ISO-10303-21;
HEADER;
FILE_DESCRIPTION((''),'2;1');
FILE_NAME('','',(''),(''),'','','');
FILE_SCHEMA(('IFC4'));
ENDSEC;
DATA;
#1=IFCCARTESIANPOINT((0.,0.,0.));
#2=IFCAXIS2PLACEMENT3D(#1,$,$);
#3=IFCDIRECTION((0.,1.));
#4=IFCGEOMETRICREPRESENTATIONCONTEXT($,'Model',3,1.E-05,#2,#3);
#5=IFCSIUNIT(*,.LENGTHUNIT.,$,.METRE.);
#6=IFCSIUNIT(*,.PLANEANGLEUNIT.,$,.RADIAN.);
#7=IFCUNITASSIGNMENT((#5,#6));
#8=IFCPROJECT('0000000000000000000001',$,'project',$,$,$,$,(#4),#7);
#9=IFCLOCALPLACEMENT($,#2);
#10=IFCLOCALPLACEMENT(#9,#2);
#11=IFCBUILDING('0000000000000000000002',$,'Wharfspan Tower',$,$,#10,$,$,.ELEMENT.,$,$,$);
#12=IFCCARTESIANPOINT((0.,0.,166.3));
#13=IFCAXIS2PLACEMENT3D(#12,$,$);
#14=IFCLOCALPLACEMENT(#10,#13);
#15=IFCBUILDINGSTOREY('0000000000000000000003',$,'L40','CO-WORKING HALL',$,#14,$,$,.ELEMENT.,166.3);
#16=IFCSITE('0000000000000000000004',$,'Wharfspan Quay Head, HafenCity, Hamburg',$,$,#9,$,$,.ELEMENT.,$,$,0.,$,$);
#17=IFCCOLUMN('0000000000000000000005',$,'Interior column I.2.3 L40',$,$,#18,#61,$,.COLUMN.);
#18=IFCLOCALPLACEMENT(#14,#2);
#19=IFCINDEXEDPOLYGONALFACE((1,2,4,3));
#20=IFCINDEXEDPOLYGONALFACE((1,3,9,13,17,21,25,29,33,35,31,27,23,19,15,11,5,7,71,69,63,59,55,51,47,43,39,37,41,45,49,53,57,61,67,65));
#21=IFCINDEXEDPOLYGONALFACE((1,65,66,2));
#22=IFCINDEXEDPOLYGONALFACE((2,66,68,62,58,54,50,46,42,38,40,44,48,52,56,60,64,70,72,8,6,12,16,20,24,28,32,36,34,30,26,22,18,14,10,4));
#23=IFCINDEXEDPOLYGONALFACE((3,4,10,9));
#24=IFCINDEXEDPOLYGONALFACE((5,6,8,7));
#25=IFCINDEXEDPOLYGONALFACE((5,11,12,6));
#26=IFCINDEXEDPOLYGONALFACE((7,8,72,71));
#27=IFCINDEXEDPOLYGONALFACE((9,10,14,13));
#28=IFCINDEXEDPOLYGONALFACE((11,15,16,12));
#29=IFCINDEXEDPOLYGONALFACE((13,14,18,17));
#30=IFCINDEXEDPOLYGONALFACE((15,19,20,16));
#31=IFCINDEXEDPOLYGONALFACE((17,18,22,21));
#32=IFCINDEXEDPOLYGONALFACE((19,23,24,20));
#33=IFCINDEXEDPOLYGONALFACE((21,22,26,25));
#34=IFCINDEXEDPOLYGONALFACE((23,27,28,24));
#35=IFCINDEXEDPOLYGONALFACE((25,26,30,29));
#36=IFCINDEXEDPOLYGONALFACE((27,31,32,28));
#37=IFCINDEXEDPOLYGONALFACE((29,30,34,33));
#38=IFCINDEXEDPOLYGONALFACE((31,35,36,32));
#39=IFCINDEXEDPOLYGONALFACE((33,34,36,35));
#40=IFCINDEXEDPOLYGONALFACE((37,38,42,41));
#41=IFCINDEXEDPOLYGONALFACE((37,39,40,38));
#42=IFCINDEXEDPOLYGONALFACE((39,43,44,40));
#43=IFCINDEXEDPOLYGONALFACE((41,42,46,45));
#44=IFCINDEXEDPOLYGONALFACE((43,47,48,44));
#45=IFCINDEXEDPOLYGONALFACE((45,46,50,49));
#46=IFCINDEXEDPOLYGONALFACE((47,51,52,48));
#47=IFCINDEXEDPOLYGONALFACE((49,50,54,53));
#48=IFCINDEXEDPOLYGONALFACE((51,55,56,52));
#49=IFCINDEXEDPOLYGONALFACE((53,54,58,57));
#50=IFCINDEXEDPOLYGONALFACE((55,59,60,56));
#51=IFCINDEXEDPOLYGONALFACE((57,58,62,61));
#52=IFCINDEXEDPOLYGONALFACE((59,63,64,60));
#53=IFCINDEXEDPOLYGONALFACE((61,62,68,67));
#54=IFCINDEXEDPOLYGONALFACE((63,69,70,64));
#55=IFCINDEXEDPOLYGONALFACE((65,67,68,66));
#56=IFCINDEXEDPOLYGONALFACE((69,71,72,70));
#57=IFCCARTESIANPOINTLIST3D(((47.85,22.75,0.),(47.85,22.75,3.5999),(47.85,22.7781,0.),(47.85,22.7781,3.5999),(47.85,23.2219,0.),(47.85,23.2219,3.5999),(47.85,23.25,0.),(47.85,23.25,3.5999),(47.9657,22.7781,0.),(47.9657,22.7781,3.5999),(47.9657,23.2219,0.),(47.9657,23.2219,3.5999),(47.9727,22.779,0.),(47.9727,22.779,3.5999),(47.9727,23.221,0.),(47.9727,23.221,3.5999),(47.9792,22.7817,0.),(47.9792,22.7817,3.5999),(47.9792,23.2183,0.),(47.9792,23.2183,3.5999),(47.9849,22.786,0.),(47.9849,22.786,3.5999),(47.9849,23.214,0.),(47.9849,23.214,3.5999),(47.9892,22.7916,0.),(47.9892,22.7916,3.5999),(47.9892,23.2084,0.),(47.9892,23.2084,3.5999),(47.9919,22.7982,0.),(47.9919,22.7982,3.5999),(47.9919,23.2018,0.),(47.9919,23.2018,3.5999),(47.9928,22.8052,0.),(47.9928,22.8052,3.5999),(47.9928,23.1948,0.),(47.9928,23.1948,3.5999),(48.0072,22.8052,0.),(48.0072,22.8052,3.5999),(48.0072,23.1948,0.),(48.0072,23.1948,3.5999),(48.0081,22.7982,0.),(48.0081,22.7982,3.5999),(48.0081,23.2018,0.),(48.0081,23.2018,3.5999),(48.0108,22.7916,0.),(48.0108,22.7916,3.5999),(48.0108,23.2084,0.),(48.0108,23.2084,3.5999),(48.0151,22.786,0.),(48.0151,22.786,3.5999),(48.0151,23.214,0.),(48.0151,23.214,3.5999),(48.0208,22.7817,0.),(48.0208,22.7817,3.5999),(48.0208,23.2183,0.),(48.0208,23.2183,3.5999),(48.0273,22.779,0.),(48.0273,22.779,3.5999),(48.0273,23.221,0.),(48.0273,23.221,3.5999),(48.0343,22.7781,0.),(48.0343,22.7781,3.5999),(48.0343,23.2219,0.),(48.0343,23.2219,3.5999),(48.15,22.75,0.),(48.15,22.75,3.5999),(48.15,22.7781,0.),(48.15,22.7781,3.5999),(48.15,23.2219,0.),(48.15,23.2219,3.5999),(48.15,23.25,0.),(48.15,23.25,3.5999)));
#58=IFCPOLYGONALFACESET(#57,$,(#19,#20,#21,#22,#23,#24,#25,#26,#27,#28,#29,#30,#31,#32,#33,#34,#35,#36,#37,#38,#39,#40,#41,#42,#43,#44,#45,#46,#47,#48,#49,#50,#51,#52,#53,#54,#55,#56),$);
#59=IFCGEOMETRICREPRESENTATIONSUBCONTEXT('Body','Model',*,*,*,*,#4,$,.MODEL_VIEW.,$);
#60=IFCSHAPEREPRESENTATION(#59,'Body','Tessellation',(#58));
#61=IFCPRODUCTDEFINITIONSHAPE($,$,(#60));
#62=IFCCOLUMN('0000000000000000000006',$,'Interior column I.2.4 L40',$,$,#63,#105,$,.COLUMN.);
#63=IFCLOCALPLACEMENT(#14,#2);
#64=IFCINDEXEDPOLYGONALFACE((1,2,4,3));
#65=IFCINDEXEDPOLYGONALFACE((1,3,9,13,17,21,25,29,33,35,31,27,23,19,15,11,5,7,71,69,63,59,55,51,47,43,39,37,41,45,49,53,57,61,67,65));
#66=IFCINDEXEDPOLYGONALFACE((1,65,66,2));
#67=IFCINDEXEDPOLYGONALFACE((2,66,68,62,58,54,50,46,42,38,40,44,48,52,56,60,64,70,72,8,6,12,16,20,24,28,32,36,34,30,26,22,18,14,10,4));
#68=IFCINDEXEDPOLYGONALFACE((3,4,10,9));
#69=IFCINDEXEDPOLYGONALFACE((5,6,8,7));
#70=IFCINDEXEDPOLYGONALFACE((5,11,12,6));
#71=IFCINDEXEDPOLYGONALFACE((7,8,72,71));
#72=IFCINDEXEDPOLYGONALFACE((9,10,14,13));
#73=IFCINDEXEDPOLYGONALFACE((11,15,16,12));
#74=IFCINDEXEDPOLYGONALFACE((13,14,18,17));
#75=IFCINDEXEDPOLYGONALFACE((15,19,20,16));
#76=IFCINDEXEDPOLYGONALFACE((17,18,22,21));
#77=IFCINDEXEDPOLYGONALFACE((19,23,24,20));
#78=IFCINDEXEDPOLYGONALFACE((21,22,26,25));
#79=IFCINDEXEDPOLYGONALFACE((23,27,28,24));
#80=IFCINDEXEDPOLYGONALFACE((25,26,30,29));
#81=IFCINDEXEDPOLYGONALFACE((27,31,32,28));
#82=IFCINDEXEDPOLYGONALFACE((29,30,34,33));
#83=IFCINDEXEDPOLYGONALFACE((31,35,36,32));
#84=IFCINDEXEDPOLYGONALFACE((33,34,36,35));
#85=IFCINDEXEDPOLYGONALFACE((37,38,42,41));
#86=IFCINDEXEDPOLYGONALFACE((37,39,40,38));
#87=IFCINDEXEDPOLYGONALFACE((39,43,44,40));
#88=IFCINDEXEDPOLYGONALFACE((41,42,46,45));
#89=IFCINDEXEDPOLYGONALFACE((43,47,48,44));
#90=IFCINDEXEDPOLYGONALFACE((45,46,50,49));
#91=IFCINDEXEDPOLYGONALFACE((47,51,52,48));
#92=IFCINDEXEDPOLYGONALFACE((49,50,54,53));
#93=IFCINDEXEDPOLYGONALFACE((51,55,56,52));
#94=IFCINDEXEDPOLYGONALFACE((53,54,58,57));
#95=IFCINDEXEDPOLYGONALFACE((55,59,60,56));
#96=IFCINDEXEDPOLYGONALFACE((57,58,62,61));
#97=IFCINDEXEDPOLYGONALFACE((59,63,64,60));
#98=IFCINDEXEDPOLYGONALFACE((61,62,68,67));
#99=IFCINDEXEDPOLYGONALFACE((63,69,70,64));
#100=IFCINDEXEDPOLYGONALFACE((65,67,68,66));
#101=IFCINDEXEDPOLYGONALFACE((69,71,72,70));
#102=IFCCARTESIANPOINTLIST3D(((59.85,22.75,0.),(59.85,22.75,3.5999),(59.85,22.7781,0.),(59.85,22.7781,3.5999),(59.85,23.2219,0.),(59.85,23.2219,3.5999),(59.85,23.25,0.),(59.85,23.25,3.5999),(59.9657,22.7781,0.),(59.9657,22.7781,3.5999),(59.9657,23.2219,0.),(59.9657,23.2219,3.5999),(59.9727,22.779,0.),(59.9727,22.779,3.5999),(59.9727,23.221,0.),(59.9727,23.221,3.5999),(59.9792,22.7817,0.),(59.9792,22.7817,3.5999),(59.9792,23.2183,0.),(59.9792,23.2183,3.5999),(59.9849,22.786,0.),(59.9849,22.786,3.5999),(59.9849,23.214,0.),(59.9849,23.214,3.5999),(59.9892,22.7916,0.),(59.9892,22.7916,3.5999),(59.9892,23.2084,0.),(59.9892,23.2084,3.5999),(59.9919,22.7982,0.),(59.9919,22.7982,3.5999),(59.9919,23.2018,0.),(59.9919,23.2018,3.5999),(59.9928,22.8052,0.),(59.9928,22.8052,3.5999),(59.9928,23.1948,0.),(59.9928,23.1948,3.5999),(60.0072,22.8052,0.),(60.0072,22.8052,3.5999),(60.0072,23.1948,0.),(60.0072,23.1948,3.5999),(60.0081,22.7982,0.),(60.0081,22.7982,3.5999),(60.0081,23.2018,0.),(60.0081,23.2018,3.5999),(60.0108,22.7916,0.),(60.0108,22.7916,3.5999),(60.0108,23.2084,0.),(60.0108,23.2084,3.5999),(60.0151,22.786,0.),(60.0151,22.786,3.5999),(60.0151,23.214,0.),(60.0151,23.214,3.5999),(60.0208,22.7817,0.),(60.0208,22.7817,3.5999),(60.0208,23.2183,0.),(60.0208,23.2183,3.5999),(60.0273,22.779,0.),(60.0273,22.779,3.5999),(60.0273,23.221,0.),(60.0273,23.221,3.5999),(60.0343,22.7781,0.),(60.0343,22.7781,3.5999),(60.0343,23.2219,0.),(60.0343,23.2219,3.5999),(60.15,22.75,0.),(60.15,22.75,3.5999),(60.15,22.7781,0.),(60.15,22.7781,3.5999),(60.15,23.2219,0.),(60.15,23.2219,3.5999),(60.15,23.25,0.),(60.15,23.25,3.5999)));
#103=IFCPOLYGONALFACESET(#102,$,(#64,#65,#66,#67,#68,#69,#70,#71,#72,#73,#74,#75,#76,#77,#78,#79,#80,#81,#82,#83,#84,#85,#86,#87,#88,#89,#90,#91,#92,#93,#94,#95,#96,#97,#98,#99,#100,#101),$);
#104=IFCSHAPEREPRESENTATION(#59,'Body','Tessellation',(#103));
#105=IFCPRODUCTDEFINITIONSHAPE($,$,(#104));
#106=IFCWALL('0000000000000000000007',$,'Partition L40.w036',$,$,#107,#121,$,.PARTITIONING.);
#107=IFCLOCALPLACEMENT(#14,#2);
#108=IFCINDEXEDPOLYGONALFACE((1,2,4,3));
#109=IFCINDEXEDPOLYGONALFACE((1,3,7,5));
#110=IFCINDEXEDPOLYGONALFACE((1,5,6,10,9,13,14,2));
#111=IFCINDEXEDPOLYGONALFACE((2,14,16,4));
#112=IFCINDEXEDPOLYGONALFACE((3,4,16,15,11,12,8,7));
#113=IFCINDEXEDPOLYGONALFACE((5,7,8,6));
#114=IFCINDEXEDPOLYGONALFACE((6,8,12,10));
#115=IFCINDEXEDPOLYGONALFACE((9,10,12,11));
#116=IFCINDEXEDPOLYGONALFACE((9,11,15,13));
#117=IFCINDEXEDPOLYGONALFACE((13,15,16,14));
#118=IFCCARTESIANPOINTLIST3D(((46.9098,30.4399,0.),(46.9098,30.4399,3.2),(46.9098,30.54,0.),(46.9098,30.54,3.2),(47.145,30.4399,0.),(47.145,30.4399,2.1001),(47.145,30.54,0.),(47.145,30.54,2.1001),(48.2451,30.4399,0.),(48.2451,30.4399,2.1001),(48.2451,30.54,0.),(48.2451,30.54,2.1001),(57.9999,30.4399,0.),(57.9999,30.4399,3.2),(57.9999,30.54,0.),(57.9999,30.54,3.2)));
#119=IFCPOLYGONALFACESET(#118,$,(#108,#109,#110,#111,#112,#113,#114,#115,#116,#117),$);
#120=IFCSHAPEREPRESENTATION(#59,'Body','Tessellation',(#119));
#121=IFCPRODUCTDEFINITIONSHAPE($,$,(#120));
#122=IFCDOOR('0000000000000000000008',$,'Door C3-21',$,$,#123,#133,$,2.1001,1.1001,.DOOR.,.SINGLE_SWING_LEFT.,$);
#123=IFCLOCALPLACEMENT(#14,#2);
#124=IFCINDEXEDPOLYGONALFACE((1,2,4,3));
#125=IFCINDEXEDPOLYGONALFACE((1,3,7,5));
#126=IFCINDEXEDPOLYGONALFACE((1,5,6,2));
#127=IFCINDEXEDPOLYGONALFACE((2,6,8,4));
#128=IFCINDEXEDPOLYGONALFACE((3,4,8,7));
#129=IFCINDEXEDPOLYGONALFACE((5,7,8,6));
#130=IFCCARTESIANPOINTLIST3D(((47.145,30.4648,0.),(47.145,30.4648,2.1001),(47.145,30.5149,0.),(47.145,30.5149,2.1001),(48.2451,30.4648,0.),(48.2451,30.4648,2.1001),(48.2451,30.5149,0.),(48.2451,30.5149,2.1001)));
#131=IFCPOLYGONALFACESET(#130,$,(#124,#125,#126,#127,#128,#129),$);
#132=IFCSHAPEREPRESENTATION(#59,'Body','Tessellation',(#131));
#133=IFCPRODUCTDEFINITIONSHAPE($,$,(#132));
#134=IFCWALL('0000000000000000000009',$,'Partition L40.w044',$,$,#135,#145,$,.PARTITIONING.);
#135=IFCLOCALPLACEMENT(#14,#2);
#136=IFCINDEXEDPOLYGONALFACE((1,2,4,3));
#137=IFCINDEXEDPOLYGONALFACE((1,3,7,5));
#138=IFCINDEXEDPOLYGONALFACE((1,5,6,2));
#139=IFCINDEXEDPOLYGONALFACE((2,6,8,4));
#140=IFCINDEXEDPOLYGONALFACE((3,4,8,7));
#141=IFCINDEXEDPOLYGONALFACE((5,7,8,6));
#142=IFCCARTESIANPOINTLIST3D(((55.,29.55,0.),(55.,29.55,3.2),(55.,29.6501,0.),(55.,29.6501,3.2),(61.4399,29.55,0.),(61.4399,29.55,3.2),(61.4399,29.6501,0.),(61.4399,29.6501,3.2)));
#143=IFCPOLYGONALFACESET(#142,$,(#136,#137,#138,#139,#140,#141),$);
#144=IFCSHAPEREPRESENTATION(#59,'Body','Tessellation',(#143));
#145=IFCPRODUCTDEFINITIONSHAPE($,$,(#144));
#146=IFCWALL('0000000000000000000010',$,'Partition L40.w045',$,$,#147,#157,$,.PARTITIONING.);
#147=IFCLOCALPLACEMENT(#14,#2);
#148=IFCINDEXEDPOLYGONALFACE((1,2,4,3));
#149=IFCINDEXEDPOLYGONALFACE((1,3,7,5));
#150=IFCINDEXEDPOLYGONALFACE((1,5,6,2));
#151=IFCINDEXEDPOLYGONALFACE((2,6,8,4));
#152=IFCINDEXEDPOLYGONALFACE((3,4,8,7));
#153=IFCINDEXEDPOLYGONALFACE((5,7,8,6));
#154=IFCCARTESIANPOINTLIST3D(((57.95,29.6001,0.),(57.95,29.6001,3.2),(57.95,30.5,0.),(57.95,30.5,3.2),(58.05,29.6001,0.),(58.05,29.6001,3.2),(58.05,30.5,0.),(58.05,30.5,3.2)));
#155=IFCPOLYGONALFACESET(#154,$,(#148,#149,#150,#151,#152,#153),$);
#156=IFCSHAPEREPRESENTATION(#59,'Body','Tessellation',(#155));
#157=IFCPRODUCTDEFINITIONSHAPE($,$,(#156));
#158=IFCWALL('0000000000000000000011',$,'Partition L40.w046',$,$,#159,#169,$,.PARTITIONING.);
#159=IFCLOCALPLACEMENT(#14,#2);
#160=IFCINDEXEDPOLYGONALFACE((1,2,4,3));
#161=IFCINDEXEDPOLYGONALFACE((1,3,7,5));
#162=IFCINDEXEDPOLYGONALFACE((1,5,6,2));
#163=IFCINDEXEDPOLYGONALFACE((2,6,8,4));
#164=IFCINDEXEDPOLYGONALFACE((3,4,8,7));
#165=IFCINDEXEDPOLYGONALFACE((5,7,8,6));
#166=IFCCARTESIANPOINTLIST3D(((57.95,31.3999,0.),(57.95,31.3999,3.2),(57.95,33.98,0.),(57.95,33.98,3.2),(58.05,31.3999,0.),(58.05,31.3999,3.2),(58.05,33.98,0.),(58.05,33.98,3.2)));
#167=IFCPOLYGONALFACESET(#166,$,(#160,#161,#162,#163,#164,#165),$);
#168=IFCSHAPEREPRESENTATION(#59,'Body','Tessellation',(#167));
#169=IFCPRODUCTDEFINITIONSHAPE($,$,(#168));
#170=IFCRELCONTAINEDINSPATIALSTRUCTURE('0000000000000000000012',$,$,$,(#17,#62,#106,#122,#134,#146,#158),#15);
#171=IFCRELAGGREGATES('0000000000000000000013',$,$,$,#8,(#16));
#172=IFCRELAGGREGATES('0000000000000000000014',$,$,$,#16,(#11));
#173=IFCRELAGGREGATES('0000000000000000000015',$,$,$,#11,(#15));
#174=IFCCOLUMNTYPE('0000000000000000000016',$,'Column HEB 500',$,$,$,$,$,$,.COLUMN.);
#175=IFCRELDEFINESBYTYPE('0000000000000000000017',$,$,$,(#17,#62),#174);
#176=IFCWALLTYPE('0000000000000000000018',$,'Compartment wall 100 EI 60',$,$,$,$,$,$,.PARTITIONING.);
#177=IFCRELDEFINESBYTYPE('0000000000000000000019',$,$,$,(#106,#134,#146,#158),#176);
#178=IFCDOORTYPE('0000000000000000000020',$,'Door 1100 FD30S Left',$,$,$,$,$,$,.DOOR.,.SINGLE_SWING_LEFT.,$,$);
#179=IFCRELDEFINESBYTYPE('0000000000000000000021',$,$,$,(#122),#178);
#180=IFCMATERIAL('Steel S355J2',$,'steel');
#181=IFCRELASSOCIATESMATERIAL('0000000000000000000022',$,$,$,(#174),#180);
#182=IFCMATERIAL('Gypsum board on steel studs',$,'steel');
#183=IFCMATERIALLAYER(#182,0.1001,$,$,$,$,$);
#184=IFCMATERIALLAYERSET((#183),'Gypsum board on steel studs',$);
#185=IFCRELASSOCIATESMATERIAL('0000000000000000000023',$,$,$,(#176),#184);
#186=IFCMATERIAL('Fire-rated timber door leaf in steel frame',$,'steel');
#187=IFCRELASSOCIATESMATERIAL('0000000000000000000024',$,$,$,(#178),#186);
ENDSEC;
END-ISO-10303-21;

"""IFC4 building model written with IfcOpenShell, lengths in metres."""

from ifc_helpers import new_model, si_unit, direction, frame, frame_2d, origin, origin_2d, place, context, subcontext, project, spatial, rectangle, i_section, extrude, material, layer, layer_set, material_profile, profile_set, type_object, element, fill, save


model = new_model("IFC4")

# Units and contexts
model_context = context("Model", 3, precision=1e-05, world=origin(), true_north=direction((0.0, 1.0)))
body_context = subcontext(model_context, "Body", "Model", "MODEL_VIEW")
ifc_project = project(units=[si_unit("LENGTHUNIT", "METRE"), si_unit("PLANEANGLEUNIT", "RADIAN")], contexts=[model_context])

# Site, building, storey
site_placement = place(None, origin())
site = spatial("IfcSite", under=ifc_project, at=site_placement, Name="Wharfspan Quay Head, HafenCity, Hamburg", CompositionType="ELEMENT", RefElevation=0.0)
building_placement = place(site_placement, origin())
building = spatial("IfcBuilding", under=site, at=building_placement, Name="Wharfspan Tower", CompositionType="ELEMENT")
storey_placement = place(building_placement, frame((0.0, 0.0, 166.3)))
storey = spatial("IfcBuildingStorey", under=building, at=storey_placement, Name="L40", Description="CO-WORKING HALL", CompositionType="ELEMENT", Elevation=166.3)

# Columns
ifc_material_1 = material(Name="Steel S355J2", Category="steel")
ifc_material_profile = material_profile(ifc_material_1, i_section(OverallWidth=0.3, OverallDepth=0.5, WebThickness=0.0144, FlangeThickness=0.0281, FilletRadius=0.0271, at=origin_2d()))
ifc_profile_set = profile_set([ifc_material_profile], Name="Steel S355J2")
column_type = type_object("IfcColumnType", Name="Column HEB 500", PredefinedType="COLUMN", material=ifc_profile_set)
for number, where, z_axis, x_axis, name in (
    (1, (48.0, 23.0, 0.0), (0.0, 0.0, 1.0), (1.0, 0.0, 0.0), "Interior column I.2.3 L40"),
    (2, (60.0, 23.0, 0.0), (0.0, 0.0, 1.0), (1.0, 0.0, 0.0), "Interior column I.2.4 L40"),
):
    element("IfcColumn", number, at=place(storey_placement, frame(where, z_axis=z_axis, x_axis=x_axis)), inside=storey, type_object=column_type, Name=name, PredefinedType="COLUMN", context=body_context, shape_type="SweptSolid", body=[
        extrude(i_section(OverallWidth=0.3, OverallDepth=0.5, WebThickness=0.0144, FlangeThickness=0.0281, FilletRadius=0.0271, at=origin_2d()), origin(), (0.0, 0.0, 1.0), 3.5999),
    ])

# Wall, opening, door
ifc_material_2 = material(Name="Gypsum board on steel studs", Category="steel")
ifc_layer_1 = layer(ifc_material_2, 0.1001)
ifc_layer_set_1 = layer_set([ifc_layer_1], Name="Gypsum board on steel studs")
wall_type_1 = type_object("IfcWallType", Name="Compartment wall 100 EI 60", PredefinedType="PARTITIONING", material=ifc_layer_set_1)
wall_1_placement = place(storey_placement, frame((46.9099, 30.49, 0.0), z_axis=(0.0, 0.0, 1.0), x_axis=(1.0, 0.0, 0.0)))
wall_1 = element("IfcWall", 3, at=wall_1_placement, inside=storey, type_object=wall_type_1, Name="Partition L40.w036", PredefinedType="PARTITIONING", context=body_context, shape_type="SweptSolid", body=[
    extrude(rectangle(XDim=11.0901, YDim=0.1001, at=frame_2d((5.5449, 0.0))), origin(), (0.0, 0.0, 1.0), 3.2),
])
opening_1_placement = place(wall_1_placement, frame((0.2351, 0.0, 0.0)))
opening_1 = element("IfcOpeningElement", 4, at=opening_1_placement, cuts=wall_1, PredefinedType="OPENING", context=body_context, shape_type="SweptSolid", body=[
    extrude(rectangle(XDim=1.1001, YDim=2.1001, at=frame_2d((0.55, 1.05))), frame((0.0, 0.0601, 0.0), z_axis=(0.0, -1.0, 0.0), x_axis=(1.0, 0.0, 0.0)), (0.0, 0.0, 1.0), 0.1201),
])
ifc_material_3 = material(Name="Fire-rated timber door leaf in steel frame", Category="steel")
door_type_1 = type_object("IfcDoorType", Name="Door 1100 FD30S Left", OperationType="SINGLE_SWING_LEFT", PredefinedType="DOOR", material=ifc_material_3)
door_1_placement = place(opening_1_placement, origin())
door_1 = element("IfcDoor", 5, at=door_1_placement, inside=storey, type_object=door_type_1, Name="Door C3-21", OperationType="SINGLE_SWING_LEFT", OverallHeight=2.1001, OverallWidth=1.1001, PredefinedType="DOOR", context=body_context, shape_type="SweptSolid", body=[
    extrude(rectangle(XDim=1.1001, YDim=2.1001, at=frame_2d((0.55, 1.05))), frame((0.0, 0.0249, 0.0), z_axis=(0.0, -1.0, 0.0), x_axis=(1.0, 0.0, 0.0)), (0.0, 0.0, 1.0), 0.05),
])
fill(opening_1, door_1)

# Walls
wall_2_placement = place(storey_placement, frame((55.0, 29.6001, 0.0), z_axis=(0.0, 0.0, 1.0), x_axis=(1.0, 0.0, 0.0)))
element("IfcWall", 6, at=wall_2_placement, inside=storey, type_object=wall_type_1, Name="Partition L40.w044", PredefinedType="PARTITIONING", context=body_context, shape_type="SweptSolid", body=[
    extrude(rectangle(XDim=6.4399, YDim=0.1001, at=frame_2d((3.22, 0.0))), origin(), (0.0, 0.0, 1.0), 3.2),
])
wall_3_placement = place(storey_placement, frame((58.0, 29.6001, 0.0), z_axis=(0.0, 0.0, 1.0), x_axis=(0.0, 1.0, 0.0)))
element("IfcWall", 7, at=wall_3_placement, inside=storey, type_object=wall_type_1, Name="Partition L40.w045", PredefinedType="PARTITIONING", context=body_context, shape_type="SweptSolid", body=[
    extrude(rectangle(XDim=0.8999, YDim=0.1001, at=frame_2d((0.45, 0.0))), origin(), (0.0, 0.0, 1.0), 3.2),
])
wall_4_placement = place(storey_placement, frame((58.0, 31.3999, 0.0), z_axis=(0.0, 0.0, 1.0), x_axis=(0.0, 1.0, 0.0)))
element("IfcWall", 8, at=wall_4_placement, inside=storey, type_object=wall_type_1, Name="Partition L40.w046", PredefinedType="PARTITIONING", context=body_context, shape_type="SweptSolid", body=[
    extrude(rectangle(XDim=2.5801, YDim=0.1001, at=frame_2d((1.29, 0.0))), origin(), (0.0, 0.0, 1.0), 3.2),
])

save(model, "model.ifc")
